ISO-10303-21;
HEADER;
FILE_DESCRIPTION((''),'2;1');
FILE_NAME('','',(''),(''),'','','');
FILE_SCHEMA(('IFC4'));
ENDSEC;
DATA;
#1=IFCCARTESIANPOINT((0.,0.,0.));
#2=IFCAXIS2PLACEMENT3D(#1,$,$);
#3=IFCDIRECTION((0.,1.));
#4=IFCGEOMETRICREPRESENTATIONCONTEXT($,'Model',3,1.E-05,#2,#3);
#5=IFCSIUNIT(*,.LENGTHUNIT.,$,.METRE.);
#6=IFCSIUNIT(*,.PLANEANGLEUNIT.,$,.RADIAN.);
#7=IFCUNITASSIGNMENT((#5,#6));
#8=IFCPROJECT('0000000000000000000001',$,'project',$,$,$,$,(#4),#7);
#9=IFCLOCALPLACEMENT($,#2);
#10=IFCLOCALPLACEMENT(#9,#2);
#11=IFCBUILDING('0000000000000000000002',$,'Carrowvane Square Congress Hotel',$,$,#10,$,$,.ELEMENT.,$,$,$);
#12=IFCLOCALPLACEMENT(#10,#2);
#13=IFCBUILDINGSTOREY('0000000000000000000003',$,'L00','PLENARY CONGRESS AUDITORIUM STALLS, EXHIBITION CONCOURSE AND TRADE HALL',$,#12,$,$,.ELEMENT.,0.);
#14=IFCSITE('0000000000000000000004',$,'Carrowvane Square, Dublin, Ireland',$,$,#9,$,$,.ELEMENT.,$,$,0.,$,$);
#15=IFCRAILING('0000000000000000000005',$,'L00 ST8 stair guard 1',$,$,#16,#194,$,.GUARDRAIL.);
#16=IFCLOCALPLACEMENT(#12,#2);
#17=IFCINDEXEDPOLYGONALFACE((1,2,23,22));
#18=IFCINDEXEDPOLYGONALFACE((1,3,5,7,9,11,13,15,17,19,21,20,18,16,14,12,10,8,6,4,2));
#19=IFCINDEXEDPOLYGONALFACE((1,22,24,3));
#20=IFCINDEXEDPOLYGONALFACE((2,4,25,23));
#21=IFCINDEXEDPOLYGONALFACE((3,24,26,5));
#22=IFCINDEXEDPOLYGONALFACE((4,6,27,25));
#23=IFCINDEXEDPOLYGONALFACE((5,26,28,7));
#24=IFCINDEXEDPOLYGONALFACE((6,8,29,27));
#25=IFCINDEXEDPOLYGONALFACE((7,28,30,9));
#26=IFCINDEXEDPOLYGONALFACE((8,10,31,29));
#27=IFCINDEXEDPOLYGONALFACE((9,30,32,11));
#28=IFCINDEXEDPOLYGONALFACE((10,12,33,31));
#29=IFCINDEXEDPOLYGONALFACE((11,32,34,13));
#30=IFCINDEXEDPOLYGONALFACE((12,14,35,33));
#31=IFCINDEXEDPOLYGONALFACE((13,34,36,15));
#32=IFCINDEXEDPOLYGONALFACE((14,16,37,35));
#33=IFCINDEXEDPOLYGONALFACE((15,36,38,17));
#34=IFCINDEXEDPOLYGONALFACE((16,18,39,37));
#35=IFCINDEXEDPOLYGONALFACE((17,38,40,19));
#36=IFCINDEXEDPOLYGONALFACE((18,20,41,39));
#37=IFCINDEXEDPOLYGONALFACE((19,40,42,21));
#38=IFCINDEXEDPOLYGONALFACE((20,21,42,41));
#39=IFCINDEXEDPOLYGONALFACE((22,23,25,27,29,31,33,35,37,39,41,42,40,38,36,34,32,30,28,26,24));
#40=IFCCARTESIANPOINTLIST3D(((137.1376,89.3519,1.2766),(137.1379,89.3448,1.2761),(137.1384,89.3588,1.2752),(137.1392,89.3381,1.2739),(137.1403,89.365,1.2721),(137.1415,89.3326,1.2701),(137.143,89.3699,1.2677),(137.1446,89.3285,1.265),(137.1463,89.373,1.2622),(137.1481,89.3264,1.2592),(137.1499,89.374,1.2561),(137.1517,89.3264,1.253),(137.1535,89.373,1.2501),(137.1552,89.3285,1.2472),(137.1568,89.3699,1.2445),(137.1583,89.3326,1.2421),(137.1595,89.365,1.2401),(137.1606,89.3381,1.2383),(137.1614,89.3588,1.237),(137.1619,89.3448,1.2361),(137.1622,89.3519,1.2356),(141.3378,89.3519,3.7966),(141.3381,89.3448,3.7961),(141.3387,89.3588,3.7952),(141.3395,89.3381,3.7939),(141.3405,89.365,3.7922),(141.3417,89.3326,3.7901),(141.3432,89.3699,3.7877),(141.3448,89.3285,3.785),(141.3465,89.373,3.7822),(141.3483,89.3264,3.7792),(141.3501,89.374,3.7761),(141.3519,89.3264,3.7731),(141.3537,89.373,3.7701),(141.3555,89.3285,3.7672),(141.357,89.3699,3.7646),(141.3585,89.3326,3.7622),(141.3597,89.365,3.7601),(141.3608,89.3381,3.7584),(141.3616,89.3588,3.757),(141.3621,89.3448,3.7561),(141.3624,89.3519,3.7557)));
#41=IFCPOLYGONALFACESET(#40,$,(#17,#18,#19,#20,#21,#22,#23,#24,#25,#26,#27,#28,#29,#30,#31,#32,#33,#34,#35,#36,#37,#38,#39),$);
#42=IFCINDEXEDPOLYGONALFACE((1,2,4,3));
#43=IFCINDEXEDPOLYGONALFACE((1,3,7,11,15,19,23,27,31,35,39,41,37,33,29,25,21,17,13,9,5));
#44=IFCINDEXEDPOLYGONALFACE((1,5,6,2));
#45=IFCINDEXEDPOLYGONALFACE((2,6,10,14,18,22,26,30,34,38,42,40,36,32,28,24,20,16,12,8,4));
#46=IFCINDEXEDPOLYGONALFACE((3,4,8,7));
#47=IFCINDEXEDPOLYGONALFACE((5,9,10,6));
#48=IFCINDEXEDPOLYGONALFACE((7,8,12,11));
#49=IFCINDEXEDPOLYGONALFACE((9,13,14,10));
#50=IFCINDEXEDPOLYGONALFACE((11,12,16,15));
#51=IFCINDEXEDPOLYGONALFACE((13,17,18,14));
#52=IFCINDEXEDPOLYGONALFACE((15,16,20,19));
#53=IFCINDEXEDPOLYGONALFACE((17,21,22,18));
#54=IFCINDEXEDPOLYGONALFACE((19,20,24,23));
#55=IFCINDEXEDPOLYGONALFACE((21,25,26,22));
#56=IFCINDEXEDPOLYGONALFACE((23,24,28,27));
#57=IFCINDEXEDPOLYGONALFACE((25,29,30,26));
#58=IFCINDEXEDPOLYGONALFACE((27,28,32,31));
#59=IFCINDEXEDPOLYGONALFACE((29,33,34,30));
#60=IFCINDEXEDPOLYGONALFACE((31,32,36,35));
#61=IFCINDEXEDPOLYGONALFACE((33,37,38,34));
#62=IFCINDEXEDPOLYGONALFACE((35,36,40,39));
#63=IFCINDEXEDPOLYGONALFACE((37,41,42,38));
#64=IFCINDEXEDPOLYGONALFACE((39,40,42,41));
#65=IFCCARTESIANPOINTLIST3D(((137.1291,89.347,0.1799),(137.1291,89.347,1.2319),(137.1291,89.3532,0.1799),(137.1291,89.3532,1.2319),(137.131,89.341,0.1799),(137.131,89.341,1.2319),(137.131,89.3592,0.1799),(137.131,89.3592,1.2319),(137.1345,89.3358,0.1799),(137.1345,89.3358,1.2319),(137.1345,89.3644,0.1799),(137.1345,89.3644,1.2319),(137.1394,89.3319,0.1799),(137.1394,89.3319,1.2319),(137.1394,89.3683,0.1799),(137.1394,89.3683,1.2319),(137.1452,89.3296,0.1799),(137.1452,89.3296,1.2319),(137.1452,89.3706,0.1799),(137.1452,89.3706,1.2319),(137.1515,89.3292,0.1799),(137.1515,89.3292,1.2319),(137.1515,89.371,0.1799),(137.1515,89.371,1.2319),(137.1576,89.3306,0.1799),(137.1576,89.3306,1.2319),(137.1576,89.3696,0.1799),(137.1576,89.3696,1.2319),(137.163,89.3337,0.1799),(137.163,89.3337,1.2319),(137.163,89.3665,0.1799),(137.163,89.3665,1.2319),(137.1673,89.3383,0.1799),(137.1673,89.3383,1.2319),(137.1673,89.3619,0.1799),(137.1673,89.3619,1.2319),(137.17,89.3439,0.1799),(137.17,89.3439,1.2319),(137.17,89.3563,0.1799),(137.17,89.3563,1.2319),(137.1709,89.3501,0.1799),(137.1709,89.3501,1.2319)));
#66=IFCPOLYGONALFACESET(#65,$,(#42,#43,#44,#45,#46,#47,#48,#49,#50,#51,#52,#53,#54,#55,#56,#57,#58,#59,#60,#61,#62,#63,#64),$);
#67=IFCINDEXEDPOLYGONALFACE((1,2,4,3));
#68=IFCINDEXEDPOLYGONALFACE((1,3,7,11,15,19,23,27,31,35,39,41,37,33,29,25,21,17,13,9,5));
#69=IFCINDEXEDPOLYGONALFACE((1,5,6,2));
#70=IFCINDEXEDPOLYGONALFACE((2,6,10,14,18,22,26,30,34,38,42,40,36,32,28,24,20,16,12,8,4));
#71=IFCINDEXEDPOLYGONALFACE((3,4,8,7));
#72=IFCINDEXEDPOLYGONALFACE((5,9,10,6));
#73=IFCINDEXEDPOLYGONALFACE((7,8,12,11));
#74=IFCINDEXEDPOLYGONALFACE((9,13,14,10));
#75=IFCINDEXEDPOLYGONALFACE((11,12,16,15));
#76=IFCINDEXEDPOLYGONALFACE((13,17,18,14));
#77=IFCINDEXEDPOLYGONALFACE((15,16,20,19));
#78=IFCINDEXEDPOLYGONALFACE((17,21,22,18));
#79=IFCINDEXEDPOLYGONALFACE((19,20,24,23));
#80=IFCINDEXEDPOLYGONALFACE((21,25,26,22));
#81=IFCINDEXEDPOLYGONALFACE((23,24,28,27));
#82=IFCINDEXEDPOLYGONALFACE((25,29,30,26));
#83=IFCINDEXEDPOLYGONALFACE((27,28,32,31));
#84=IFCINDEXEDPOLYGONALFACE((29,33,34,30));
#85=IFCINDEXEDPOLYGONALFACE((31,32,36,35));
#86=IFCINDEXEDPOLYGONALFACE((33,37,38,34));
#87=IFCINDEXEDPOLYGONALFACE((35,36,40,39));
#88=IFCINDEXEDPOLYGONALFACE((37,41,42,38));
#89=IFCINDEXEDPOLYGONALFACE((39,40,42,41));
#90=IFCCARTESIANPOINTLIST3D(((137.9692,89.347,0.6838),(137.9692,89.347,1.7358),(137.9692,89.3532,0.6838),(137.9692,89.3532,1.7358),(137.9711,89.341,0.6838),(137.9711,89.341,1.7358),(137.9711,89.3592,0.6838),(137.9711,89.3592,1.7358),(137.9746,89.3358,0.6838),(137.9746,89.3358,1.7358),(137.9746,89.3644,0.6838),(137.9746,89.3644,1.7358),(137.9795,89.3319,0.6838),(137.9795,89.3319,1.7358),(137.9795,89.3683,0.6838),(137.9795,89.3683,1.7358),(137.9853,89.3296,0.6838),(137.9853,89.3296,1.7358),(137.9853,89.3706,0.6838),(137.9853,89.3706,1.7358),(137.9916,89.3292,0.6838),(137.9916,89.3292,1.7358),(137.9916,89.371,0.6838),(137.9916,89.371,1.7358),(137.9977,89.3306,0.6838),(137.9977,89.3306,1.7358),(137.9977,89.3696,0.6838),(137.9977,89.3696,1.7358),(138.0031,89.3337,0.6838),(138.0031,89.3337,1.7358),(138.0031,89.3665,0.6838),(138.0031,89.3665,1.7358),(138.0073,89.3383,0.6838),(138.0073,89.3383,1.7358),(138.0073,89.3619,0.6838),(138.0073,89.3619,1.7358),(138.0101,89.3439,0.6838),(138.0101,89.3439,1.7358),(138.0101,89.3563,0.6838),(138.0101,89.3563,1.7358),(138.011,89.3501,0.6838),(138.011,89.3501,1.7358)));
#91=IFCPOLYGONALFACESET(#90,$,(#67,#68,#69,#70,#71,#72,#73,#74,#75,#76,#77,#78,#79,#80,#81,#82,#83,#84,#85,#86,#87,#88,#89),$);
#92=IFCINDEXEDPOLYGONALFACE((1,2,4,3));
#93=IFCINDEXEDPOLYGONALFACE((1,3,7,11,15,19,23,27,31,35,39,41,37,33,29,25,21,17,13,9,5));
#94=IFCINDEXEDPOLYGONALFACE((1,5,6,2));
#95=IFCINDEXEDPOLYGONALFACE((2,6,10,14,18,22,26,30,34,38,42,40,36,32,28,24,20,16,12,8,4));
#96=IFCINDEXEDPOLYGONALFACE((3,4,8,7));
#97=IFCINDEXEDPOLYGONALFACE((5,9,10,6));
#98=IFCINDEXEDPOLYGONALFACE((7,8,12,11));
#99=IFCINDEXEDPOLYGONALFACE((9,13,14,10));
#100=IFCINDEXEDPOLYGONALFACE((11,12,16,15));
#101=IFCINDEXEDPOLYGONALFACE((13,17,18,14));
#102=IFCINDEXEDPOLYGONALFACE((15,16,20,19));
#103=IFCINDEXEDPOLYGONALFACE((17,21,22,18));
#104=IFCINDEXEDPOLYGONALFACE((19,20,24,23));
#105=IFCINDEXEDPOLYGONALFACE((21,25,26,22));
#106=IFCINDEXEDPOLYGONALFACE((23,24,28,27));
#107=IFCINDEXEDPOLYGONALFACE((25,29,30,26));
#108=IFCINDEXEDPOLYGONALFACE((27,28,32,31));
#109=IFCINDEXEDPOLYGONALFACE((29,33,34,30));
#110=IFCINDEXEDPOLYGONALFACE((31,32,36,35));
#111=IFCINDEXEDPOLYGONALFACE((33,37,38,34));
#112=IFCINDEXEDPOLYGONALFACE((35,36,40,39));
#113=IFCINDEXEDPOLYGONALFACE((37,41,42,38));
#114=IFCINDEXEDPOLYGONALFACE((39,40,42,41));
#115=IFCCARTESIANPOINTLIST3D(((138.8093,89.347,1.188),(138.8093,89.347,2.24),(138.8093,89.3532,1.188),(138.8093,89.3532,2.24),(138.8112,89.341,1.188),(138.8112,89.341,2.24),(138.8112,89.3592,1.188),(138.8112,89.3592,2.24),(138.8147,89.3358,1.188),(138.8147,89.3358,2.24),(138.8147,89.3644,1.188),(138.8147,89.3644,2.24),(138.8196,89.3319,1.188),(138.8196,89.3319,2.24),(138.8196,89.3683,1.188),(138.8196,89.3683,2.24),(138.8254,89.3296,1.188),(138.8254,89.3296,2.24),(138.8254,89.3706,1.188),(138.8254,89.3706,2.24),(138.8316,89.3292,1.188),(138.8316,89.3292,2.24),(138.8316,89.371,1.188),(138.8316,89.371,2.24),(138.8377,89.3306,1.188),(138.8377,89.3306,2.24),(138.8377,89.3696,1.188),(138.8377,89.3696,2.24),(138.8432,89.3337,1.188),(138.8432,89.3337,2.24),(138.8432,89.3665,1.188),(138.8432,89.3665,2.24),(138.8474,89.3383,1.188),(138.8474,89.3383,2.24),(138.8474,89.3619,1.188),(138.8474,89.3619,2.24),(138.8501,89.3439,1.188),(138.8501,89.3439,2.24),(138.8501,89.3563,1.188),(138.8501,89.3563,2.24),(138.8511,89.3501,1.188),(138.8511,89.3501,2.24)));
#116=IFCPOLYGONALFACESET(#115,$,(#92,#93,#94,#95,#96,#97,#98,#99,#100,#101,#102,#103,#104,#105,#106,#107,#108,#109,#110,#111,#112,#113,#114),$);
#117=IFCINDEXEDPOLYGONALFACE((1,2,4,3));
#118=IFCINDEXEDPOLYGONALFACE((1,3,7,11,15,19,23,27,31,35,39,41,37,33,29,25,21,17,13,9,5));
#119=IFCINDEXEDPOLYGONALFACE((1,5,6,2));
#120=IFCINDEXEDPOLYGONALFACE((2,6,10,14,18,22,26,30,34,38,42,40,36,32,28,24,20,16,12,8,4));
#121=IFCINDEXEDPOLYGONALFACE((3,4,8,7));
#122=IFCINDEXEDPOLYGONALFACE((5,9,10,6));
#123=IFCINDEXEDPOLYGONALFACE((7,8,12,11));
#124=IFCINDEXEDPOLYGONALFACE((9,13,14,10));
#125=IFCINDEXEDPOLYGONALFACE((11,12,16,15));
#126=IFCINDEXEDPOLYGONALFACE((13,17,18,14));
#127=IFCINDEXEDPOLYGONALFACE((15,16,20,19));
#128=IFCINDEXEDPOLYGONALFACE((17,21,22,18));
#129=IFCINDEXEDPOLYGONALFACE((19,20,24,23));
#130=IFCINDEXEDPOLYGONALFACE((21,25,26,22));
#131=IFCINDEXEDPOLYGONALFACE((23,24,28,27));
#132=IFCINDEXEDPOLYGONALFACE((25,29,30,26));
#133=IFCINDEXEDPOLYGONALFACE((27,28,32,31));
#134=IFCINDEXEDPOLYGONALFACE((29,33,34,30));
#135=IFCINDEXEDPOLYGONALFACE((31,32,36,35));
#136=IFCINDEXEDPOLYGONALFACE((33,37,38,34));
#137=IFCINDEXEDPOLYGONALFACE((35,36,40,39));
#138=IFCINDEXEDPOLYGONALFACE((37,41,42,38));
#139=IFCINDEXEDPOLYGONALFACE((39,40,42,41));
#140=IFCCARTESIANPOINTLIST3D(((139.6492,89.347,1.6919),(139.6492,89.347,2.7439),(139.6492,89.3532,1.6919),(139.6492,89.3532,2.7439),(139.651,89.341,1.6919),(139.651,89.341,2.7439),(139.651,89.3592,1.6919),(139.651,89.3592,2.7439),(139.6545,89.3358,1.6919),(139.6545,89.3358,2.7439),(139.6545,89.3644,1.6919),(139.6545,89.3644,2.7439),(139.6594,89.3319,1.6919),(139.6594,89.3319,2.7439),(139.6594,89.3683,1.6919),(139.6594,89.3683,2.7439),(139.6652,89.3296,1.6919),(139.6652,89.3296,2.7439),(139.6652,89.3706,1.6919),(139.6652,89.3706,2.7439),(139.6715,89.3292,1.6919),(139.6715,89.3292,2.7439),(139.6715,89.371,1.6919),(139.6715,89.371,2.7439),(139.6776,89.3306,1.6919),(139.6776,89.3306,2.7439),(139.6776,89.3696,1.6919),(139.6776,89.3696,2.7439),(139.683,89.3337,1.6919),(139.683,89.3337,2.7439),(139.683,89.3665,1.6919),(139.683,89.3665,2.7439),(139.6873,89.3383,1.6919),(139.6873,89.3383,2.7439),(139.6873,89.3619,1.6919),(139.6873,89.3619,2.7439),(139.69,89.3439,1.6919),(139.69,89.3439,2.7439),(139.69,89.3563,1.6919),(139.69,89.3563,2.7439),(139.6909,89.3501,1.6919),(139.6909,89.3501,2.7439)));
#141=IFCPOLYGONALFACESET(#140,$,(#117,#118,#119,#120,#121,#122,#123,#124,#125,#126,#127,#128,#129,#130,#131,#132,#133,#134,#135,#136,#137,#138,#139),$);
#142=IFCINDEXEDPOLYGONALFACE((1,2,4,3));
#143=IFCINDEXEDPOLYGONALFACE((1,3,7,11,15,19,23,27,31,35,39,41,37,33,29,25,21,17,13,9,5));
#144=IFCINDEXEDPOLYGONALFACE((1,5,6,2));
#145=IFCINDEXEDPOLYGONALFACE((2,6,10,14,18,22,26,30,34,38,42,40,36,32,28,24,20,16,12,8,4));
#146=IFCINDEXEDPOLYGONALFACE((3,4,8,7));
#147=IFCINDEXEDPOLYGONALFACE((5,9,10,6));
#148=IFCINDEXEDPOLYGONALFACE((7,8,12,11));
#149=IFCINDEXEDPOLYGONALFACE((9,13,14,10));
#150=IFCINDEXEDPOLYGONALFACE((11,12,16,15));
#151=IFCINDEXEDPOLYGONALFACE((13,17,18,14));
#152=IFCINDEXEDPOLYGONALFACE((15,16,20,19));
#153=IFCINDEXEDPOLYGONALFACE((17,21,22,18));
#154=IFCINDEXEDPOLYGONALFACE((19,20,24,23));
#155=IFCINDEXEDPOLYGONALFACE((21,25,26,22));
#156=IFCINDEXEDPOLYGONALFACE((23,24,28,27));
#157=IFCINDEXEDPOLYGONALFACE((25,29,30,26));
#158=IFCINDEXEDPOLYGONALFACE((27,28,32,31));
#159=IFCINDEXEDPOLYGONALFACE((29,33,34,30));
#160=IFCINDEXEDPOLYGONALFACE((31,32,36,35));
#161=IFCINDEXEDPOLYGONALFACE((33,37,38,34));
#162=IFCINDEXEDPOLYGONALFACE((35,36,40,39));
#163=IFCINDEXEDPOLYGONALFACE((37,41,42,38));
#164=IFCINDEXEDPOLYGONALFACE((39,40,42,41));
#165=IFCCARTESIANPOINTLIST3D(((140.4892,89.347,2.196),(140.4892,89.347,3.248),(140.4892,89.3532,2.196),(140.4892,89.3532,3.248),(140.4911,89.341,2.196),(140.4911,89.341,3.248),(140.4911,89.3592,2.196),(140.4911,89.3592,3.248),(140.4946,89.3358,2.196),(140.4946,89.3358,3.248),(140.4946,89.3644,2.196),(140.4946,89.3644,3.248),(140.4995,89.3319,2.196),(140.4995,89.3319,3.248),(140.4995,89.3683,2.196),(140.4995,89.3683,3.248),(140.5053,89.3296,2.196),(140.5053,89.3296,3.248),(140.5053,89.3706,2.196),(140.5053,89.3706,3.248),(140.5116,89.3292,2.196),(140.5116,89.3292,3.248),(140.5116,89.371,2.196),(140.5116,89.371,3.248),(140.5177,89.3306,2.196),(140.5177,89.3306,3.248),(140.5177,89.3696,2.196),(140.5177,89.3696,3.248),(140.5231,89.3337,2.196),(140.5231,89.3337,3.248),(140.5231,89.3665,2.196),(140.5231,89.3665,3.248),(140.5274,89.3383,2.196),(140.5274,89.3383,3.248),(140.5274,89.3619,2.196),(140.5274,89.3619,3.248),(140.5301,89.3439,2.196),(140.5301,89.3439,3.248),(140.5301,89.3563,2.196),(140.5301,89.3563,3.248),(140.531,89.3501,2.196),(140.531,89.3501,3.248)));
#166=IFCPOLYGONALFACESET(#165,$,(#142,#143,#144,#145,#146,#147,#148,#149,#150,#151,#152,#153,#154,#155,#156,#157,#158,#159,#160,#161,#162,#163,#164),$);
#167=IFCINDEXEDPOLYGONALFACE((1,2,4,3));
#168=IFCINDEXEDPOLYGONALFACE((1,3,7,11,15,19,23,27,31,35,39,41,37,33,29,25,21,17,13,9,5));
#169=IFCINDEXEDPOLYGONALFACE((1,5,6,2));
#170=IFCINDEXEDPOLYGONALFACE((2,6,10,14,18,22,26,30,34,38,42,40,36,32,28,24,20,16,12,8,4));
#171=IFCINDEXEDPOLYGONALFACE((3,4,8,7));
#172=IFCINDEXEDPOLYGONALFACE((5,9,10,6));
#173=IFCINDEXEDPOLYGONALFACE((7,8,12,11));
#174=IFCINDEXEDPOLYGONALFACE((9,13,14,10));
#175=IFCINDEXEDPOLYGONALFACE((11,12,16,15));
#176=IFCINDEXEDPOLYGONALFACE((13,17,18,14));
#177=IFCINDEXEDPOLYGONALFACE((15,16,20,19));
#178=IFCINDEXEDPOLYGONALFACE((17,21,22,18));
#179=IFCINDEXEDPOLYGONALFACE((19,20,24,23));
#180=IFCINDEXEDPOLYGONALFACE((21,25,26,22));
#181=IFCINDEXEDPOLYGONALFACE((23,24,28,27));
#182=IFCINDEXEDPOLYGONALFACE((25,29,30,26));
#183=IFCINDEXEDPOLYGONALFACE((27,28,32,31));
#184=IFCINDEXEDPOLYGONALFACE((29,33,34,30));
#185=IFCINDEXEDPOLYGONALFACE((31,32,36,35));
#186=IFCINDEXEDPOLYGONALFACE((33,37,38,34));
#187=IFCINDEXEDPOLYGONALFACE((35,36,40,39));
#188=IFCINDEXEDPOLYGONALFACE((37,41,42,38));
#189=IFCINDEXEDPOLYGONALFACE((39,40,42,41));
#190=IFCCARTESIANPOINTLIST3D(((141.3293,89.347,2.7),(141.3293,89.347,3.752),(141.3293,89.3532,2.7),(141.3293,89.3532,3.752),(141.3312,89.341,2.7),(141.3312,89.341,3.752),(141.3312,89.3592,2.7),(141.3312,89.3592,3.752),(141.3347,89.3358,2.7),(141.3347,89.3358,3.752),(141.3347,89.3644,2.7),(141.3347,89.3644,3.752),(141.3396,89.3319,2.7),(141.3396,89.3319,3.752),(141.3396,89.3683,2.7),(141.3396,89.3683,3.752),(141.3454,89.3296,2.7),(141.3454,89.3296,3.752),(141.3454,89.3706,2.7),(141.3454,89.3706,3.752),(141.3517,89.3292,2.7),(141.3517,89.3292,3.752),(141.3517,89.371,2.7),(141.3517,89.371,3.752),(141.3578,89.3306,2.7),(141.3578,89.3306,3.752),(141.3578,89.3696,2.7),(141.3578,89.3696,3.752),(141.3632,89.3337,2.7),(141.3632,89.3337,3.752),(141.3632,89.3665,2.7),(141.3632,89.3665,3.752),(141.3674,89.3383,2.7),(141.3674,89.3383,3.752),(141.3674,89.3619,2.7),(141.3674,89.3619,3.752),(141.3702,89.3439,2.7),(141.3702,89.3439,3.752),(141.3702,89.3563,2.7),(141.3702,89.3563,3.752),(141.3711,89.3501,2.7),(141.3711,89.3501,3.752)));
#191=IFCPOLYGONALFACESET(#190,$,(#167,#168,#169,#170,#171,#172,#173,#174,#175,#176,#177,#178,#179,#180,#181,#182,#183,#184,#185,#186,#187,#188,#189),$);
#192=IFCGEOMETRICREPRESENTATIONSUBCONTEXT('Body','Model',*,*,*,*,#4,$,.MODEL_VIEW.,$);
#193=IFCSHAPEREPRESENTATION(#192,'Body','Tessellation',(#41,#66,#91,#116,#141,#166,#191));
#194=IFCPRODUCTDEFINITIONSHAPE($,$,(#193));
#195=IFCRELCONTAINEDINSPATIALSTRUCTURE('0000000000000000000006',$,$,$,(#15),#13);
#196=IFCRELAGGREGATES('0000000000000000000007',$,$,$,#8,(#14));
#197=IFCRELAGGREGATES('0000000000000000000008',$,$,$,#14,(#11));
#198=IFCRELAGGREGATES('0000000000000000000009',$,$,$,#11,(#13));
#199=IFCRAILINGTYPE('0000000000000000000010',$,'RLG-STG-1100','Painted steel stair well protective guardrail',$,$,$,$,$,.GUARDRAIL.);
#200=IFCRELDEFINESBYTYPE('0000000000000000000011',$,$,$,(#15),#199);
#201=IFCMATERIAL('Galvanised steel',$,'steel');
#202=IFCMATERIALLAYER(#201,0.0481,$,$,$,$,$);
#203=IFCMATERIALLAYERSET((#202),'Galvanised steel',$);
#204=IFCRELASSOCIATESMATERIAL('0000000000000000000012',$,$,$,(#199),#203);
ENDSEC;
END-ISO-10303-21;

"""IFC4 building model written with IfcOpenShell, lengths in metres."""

from ifc_helpers import new_model, si_unit, direction, frame, origin, origin_2d, place, context, subcontext, project, spatial, circle, extrude, material, layer, layer_set, type_object, element, save


model = new_model("IFC4")

# Units and contexts
model_context = context("Model", 3, precision=1e-05, world=origin(), true_north=direction((0.0, 1.0)))
body_context = subcontext(model_context, "Body", "Model", "MODEL_VIEW")
ifc_project = project(units=[si_unit("LENGTHUNIT", "METRE"), si_unit("PLANEANGLEUNIT", "RADIAN")], contexts=[model_context])

# Site, building, storey
site_placement = place(None, origin())
site = spatial("IfcSite", under=ifc_project, at=site_placement, Name="Carrowvane Square, Dublin, Ireland", CompositionType="ELEMENT", RefElevation=0.0)
building_placement = place(site_placement, origin())
building = spatial("IfcBuilding", under=site, at=building_placement, Name="Carrowvane Square Congress Hotel", CompositionType="ELEMENT")
storey_placement = place(building_placement, origin())
storey = spatial("IfcBuildingStorey", under=building, at=storey_placement, Name="L00", Description="PLENARY CONGRESS AUDITORIUM STALLS, EXHIBITION CONCOURSE AND TRADE HALL", CompositionType="ELEMENT", Elevation=0.0)

# Railing
ifc_material_1 = material(Name="Galvanised steel", Category="steel")
ifc_layer_1 = layer(ifc_material_1, 0.0481)
ifc_layer_set_1 = layer_set([ifc_layer_1], Name="Galvanised steel")
railing_type_1 = type_object("IfcRailingType", Name="RLG-STG-1100", Description="Painted steel stair well protective guardrail", PredefinedType="GUARDRAIL", material=ifc_layer_set_1)
railing_1_placement = place(storey_placement, frame((137.1499, 89.3501, 0.1799)))
element("IfcRailing", 1, at=railing_1_placement, inside=storey, type_object=railing_type_1, Name="L00 ST8 stair guard 1", PredefinedType="GUARDRAIL", context=body_context, shape_type="SweptSolid", body=[
    extrude(circle(Radius=0.0239, at=origin_2d()), frame((0.0, 0.0, 1.0762), z_axis=(0.857502, 0.0, 0.514481), x_axis=(0.0, 1.0, 0.0)), (0.0, 0.0, 1.0), 4.8982),
    extrude(circle(Radius=0.021, at=origin_2d()), origin(), (0.0, 0.0, 1.0), 1.052),
    extrude(circle(Radius=0.021, at=origin_2d()), frame((0.8401, 0.0, 0.5039)), (0.0, 0.0, 1.0), 1.052),
    extrude(circle(Radius=0.021, at=origin_2d()), frame((1.6802, 0.0, 1.0081)), (0.0, 0.0, 1.0), 1.052),
    extrude(circle(Radius=0.021, at=origin_2d()), frame((2.52, 0.0, 1.512)), (0.0, 0.0, 1.0), 1.052),
    extrude(circle(Radius=0.021, at=origin_2d()), frame((3.3601, 0.0, 2.0161)), (0.0, 0.0, 1.0), 1.052),
    extrude(circle(Radius=0.021, at=origin_2d()), frame((4.2002, 0.0, 2.52)), (0.0, 0.0, 1.0), 1.052),
])

save(model, "model.ifc")
